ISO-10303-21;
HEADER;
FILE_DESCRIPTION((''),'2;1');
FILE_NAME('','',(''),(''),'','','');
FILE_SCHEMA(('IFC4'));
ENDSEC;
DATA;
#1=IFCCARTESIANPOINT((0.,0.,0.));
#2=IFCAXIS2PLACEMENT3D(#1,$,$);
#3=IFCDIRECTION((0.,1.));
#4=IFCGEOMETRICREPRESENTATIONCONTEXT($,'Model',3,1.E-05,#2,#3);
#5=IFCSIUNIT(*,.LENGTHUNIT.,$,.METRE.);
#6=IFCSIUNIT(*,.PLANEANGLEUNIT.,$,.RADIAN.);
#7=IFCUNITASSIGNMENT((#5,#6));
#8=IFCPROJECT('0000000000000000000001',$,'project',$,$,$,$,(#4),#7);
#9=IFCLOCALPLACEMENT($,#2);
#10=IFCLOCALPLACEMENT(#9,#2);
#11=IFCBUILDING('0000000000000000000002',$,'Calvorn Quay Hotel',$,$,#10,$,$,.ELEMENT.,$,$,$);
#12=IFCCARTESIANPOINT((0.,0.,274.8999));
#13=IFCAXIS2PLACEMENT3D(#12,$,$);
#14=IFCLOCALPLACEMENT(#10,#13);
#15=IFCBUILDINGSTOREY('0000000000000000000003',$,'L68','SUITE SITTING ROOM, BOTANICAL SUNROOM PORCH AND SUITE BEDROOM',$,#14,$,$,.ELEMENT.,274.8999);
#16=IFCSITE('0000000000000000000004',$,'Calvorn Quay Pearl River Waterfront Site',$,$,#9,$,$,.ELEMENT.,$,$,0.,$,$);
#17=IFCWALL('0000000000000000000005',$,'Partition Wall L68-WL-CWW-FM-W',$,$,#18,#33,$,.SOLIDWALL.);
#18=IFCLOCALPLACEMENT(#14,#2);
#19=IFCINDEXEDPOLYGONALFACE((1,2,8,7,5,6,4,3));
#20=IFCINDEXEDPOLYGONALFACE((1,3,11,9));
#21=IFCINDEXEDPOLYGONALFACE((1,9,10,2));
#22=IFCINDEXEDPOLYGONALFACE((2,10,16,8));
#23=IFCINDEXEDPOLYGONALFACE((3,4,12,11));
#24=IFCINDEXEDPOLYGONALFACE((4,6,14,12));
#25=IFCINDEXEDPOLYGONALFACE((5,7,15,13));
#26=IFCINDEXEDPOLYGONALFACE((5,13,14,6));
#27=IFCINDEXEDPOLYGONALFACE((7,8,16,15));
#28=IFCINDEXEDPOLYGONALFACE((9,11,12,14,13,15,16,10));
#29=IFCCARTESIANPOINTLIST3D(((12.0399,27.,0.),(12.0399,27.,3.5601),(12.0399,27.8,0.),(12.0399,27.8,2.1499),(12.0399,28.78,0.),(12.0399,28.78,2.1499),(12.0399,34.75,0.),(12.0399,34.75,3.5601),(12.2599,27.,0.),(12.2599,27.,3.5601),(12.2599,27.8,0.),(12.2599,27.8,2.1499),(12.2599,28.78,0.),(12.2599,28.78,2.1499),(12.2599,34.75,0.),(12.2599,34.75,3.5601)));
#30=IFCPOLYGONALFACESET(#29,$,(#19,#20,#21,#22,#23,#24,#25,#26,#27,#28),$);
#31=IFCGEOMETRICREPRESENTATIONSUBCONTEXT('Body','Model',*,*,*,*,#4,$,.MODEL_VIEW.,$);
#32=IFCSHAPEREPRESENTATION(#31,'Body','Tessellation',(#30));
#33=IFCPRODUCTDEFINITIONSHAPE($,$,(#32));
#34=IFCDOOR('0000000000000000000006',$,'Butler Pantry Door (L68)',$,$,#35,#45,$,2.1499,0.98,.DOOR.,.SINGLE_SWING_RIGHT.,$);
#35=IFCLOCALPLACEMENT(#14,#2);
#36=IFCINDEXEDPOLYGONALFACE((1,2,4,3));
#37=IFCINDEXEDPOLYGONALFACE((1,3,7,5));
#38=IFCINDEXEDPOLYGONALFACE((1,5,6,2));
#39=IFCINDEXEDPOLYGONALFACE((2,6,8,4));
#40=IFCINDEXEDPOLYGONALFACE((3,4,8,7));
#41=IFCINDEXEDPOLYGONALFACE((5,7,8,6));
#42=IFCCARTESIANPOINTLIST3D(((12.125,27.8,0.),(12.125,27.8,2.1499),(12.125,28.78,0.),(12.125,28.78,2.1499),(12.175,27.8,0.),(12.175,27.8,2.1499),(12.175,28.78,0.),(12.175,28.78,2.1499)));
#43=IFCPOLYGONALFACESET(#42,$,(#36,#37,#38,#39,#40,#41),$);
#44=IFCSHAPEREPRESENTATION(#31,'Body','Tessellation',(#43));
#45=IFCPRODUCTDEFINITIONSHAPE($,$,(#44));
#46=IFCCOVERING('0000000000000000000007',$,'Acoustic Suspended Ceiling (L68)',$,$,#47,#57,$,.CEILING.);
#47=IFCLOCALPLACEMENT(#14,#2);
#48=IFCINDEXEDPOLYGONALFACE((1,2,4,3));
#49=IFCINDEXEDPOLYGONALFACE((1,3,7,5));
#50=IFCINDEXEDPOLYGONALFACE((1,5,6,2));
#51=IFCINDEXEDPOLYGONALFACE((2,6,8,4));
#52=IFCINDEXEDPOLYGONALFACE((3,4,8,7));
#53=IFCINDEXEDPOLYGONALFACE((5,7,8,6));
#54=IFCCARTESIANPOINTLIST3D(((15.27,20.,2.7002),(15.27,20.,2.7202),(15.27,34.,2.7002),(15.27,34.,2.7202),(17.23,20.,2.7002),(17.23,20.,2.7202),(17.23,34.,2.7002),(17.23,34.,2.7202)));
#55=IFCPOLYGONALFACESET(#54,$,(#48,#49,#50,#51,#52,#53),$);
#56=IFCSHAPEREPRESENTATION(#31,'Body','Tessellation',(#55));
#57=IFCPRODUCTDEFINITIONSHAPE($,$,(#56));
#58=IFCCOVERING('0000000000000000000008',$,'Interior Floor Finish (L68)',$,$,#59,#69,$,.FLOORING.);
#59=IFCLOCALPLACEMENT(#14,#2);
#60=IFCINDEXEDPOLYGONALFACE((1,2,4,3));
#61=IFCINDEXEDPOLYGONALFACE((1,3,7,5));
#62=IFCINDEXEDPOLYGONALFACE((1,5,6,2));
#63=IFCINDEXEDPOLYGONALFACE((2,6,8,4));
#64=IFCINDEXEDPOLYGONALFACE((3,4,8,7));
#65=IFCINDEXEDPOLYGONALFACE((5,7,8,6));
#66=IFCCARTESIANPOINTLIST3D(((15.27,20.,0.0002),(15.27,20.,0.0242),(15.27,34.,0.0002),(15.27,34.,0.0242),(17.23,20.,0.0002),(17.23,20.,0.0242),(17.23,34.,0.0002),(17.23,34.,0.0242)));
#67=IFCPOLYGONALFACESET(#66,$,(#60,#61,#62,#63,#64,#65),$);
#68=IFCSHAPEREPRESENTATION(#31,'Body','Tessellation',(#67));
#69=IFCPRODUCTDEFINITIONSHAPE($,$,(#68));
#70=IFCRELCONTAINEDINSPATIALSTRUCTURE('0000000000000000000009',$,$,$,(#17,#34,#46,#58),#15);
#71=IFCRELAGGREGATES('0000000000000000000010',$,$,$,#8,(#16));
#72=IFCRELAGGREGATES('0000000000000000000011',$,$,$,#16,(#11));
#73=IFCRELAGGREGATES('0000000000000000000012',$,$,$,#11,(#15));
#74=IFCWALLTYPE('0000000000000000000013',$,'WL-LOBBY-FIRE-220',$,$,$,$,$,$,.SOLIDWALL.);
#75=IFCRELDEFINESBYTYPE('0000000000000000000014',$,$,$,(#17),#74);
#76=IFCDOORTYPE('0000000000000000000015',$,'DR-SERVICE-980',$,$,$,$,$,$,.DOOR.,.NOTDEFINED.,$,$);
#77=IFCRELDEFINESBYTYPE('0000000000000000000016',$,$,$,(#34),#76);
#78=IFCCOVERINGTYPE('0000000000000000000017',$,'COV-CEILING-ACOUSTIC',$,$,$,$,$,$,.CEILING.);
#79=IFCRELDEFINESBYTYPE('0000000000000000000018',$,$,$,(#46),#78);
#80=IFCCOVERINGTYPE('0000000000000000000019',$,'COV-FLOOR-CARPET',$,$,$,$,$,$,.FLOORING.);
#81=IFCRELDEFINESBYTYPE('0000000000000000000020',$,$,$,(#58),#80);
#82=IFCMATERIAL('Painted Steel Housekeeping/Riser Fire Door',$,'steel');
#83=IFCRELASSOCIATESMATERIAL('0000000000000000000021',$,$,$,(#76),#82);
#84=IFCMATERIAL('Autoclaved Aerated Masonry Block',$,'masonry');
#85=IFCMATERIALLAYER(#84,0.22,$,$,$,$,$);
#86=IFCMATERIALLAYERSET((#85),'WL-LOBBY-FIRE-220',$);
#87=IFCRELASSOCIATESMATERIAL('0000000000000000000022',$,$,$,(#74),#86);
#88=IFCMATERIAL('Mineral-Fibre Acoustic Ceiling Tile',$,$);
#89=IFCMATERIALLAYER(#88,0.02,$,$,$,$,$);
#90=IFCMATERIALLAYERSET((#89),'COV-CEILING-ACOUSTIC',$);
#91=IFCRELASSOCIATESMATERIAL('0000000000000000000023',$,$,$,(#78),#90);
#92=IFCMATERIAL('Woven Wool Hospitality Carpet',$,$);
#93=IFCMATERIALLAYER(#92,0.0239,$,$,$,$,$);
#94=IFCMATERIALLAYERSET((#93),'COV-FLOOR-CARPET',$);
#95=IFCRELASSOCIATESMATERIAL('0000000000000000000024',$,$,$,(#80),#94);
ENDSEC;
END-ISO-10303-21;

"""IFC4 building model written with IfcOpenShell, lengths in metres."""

from ifc_helpers import new_model, si_unit, direction, frame, frame_2d, origin, origin_2d, place, context, subcontext, project, spatial, rectangle, extrude, material, layer, layer_set, type_object, element, fill, save


model = new_model("IFC4")

# Units and contexts
model_context = context("Model", 3, precision=1e-05, world=origin(), true_north=direction((0.0, 1.0)))
body_context = subcontext(model_context, "Body", "Model", "MODEL_VIEW")
ifc_project = project(units=[si_unit("LENGTHUNIT", "METRE"), si_unit("PLANEANGLEUNIT", "RADIAN")], contexts=[model_context])

# Site, building, storey
site_placement = place(None, origin())
site = spatial("IfcSite", under=ifc_project, at=site_placement, Name="Calvorn Quay Pearl River Waterfront Site", CompositionType="ELEMENT", RefElevation=0.0)
building_placement = place(site_placement, origin())
building = spatial("IfcBuilding", under=site, at=building_placement, Name="Calvorn Quay Hotel", CompositionType="ELEMENT")
storey_placement = place(building_placement, frame((0.0, 0.0, 274.8999)))
storey = spatial("IfcBuildingStorey", under=building, at=storey_placement, Name="L68", Description="SUITE SITTING ROOM, BOTANICAL SUNROOM PORCH AND SUITE BEDROOM", CompositionType="ELEMENT", Elevation=274.8999)

# Shared definitions
ifc_material_1 = material(Name="Painted Steel Housekeeping/Riser Fire Door", Category="steel")
door_type_1 = type_object("IfcDoorType", Name="DR-SERVICE-980", OperationType="NOTDEFINED", PredefinedType="DOOR", material=ifc_material_1)

# Shared definitions
ifc_material_2 = material(Name="Autoclaved Aerated Masonry Block", Category="masonry")
ifc_layer_1 = layer(ifc_material_2, 0.22)
ifc_layer_set_1 = layer_set([ifc_layer_1], Name="WL-LOBBY-FIRE-220")
wall_type_1 = type_object("IfcWallType", Name="WL-LOBBY-FIRE-220", PredefinedType="SOLIDWALL", material=ifc_layer_set_1)

# Wall, opening, door
wall_1_placement = place(storey_placement, frame((12.1499, 27.0, 0.0), z_axis=(0.0, 0.0, 1.0), x_axis=(0.0, 1.0, 0.0)))
wall_1 = element("IfcWall", 1, at=wall_1_placement, inside=storey, type_object=wall_type_1, Name="Partition Wall L68-WL-CWW-FM-W", PredefinedType="SOLIDWALL", context=body_context, shape_type="SweptSolid", body=[
    extrude(rectangle(XDim=7.75, YDim=0.22, at=frame_2d((3.875, 0.0))), origin(), (0.0, 0.0, 1.0), 3.5601),
])
opening_1_placement = place(wall_1_placement, frame((0.8, 0.0, 0.0)))
opening_1 = element("IfcOpeningElement", 2, at=opening_1_placement, cuts=wall_1, PredefinedType="OPENING", context=body_context, shape_type="SweptSolid", body=[
    extrude(rectangle(XDim=0.98, YDim=2.1499, at=frame_2d((0.49, 1.075))), frame((0.0, 0.1199, 0.0), z_axis=(0.0, -1.0, 0.0), x_axis=(1.0, 0.0, 0.0)), (0.0, 0.0, 1.0), 0.24),
])
door_1_placement = place(opening_1_placement, origin())
door_1 = element("IfcDoor", 3, at=door_1_placement, inside=storey, type_object=door_type_1, Name="Butler Pantry Door (L68)", OperationType="SINGLE_SWING_RIGHT", OverallHeight=2.1499, OverallWidth=0.98, PredefinedType="DOOR", context=body_context, shape_type="SweptSolid", body=[
    extrude(rectangle(XDim=0.98, YDim=2.1499, at=frame_2d((0.49, 1.075))), frame((0.0, 0.0249, 0.0), z_axis=(0.0, -1.0, 0.0), x_axis=(1.0, 0.0, 0.0)), (0.0, 0.0, 1.0), 0.05),
])
fill(opening_1, door_1)

# Coverings
ifc_material_3 = material(Name="Mineral-Fibre Acoustic Ceiling Tile")
ifc_layer_2 = layer(ifc_material_3, 0.02)
ifc_layer_set_2 = layer_set([ifc_layer_2], Name="COV-CEILING-ACOUSTIC")
covering_type_1 = type_object("IfcCoveringType", Name="COV-CEILING-ACOUSTIC", PredefinedType="CEILING", material=ifc_layer_set_2)
covering_1_placement = place(storey_placement, frame((16.25, 27.0, 2.7002), z_axis=(0.0, 0.0, 1.0), x_axis=(1.0, 0.0, 0.0)))
element("IfcCovering", 4, at=covering_1_placement, inside=storey, type_object=covering_type_1, Name="Acoustic Suspended Ceiling (L68)", PredefinedType="CEILING", context=body_context, shape_type="SweptSolid", body=[
    extrude(rectangle(XDim=1.96, YDim=14.0, at=origin_2d()), origin(), (0.0, 0.0, 1.0), 0.02),
])
ifc_material_4 = material(Name="Woven Wool Hospitality Carpet")
ifc_layer_3 = layer(ifc_material_4, 0.0239)
ifc_layer_set_3 = layer_set([ifc_layer_3], Name="COV-FLOOR-CARPET")
covering_type_2 = type_object("IfcCoveringType", Name="COV-FLOOR-CARPET", PredefinedType="FLOORING", material=ifc_layer_set_3)
covering_2_placement = place(storey_placement, frame((16.25, 27.0, 0.0002), z_axis=(0.0, 0.0, 1.0), x_axis=(1.0, 0.0, 0.0)))
element("IfcCovering", 5, at=covering_2_placement, inside=storey, type_object=covering_type_2, Name="Interior Floor Finish (L68)", PredefinedType="FLOORING", context=body_context, shape_type="SweptSolid", body=[
    extrude(rectangle(XDim=1.96, YDim=14.0, at=origin_2d()), origin(), (0.0, 0.0, 1.0), 0.0239),
])

save(model, "model.ifc")
